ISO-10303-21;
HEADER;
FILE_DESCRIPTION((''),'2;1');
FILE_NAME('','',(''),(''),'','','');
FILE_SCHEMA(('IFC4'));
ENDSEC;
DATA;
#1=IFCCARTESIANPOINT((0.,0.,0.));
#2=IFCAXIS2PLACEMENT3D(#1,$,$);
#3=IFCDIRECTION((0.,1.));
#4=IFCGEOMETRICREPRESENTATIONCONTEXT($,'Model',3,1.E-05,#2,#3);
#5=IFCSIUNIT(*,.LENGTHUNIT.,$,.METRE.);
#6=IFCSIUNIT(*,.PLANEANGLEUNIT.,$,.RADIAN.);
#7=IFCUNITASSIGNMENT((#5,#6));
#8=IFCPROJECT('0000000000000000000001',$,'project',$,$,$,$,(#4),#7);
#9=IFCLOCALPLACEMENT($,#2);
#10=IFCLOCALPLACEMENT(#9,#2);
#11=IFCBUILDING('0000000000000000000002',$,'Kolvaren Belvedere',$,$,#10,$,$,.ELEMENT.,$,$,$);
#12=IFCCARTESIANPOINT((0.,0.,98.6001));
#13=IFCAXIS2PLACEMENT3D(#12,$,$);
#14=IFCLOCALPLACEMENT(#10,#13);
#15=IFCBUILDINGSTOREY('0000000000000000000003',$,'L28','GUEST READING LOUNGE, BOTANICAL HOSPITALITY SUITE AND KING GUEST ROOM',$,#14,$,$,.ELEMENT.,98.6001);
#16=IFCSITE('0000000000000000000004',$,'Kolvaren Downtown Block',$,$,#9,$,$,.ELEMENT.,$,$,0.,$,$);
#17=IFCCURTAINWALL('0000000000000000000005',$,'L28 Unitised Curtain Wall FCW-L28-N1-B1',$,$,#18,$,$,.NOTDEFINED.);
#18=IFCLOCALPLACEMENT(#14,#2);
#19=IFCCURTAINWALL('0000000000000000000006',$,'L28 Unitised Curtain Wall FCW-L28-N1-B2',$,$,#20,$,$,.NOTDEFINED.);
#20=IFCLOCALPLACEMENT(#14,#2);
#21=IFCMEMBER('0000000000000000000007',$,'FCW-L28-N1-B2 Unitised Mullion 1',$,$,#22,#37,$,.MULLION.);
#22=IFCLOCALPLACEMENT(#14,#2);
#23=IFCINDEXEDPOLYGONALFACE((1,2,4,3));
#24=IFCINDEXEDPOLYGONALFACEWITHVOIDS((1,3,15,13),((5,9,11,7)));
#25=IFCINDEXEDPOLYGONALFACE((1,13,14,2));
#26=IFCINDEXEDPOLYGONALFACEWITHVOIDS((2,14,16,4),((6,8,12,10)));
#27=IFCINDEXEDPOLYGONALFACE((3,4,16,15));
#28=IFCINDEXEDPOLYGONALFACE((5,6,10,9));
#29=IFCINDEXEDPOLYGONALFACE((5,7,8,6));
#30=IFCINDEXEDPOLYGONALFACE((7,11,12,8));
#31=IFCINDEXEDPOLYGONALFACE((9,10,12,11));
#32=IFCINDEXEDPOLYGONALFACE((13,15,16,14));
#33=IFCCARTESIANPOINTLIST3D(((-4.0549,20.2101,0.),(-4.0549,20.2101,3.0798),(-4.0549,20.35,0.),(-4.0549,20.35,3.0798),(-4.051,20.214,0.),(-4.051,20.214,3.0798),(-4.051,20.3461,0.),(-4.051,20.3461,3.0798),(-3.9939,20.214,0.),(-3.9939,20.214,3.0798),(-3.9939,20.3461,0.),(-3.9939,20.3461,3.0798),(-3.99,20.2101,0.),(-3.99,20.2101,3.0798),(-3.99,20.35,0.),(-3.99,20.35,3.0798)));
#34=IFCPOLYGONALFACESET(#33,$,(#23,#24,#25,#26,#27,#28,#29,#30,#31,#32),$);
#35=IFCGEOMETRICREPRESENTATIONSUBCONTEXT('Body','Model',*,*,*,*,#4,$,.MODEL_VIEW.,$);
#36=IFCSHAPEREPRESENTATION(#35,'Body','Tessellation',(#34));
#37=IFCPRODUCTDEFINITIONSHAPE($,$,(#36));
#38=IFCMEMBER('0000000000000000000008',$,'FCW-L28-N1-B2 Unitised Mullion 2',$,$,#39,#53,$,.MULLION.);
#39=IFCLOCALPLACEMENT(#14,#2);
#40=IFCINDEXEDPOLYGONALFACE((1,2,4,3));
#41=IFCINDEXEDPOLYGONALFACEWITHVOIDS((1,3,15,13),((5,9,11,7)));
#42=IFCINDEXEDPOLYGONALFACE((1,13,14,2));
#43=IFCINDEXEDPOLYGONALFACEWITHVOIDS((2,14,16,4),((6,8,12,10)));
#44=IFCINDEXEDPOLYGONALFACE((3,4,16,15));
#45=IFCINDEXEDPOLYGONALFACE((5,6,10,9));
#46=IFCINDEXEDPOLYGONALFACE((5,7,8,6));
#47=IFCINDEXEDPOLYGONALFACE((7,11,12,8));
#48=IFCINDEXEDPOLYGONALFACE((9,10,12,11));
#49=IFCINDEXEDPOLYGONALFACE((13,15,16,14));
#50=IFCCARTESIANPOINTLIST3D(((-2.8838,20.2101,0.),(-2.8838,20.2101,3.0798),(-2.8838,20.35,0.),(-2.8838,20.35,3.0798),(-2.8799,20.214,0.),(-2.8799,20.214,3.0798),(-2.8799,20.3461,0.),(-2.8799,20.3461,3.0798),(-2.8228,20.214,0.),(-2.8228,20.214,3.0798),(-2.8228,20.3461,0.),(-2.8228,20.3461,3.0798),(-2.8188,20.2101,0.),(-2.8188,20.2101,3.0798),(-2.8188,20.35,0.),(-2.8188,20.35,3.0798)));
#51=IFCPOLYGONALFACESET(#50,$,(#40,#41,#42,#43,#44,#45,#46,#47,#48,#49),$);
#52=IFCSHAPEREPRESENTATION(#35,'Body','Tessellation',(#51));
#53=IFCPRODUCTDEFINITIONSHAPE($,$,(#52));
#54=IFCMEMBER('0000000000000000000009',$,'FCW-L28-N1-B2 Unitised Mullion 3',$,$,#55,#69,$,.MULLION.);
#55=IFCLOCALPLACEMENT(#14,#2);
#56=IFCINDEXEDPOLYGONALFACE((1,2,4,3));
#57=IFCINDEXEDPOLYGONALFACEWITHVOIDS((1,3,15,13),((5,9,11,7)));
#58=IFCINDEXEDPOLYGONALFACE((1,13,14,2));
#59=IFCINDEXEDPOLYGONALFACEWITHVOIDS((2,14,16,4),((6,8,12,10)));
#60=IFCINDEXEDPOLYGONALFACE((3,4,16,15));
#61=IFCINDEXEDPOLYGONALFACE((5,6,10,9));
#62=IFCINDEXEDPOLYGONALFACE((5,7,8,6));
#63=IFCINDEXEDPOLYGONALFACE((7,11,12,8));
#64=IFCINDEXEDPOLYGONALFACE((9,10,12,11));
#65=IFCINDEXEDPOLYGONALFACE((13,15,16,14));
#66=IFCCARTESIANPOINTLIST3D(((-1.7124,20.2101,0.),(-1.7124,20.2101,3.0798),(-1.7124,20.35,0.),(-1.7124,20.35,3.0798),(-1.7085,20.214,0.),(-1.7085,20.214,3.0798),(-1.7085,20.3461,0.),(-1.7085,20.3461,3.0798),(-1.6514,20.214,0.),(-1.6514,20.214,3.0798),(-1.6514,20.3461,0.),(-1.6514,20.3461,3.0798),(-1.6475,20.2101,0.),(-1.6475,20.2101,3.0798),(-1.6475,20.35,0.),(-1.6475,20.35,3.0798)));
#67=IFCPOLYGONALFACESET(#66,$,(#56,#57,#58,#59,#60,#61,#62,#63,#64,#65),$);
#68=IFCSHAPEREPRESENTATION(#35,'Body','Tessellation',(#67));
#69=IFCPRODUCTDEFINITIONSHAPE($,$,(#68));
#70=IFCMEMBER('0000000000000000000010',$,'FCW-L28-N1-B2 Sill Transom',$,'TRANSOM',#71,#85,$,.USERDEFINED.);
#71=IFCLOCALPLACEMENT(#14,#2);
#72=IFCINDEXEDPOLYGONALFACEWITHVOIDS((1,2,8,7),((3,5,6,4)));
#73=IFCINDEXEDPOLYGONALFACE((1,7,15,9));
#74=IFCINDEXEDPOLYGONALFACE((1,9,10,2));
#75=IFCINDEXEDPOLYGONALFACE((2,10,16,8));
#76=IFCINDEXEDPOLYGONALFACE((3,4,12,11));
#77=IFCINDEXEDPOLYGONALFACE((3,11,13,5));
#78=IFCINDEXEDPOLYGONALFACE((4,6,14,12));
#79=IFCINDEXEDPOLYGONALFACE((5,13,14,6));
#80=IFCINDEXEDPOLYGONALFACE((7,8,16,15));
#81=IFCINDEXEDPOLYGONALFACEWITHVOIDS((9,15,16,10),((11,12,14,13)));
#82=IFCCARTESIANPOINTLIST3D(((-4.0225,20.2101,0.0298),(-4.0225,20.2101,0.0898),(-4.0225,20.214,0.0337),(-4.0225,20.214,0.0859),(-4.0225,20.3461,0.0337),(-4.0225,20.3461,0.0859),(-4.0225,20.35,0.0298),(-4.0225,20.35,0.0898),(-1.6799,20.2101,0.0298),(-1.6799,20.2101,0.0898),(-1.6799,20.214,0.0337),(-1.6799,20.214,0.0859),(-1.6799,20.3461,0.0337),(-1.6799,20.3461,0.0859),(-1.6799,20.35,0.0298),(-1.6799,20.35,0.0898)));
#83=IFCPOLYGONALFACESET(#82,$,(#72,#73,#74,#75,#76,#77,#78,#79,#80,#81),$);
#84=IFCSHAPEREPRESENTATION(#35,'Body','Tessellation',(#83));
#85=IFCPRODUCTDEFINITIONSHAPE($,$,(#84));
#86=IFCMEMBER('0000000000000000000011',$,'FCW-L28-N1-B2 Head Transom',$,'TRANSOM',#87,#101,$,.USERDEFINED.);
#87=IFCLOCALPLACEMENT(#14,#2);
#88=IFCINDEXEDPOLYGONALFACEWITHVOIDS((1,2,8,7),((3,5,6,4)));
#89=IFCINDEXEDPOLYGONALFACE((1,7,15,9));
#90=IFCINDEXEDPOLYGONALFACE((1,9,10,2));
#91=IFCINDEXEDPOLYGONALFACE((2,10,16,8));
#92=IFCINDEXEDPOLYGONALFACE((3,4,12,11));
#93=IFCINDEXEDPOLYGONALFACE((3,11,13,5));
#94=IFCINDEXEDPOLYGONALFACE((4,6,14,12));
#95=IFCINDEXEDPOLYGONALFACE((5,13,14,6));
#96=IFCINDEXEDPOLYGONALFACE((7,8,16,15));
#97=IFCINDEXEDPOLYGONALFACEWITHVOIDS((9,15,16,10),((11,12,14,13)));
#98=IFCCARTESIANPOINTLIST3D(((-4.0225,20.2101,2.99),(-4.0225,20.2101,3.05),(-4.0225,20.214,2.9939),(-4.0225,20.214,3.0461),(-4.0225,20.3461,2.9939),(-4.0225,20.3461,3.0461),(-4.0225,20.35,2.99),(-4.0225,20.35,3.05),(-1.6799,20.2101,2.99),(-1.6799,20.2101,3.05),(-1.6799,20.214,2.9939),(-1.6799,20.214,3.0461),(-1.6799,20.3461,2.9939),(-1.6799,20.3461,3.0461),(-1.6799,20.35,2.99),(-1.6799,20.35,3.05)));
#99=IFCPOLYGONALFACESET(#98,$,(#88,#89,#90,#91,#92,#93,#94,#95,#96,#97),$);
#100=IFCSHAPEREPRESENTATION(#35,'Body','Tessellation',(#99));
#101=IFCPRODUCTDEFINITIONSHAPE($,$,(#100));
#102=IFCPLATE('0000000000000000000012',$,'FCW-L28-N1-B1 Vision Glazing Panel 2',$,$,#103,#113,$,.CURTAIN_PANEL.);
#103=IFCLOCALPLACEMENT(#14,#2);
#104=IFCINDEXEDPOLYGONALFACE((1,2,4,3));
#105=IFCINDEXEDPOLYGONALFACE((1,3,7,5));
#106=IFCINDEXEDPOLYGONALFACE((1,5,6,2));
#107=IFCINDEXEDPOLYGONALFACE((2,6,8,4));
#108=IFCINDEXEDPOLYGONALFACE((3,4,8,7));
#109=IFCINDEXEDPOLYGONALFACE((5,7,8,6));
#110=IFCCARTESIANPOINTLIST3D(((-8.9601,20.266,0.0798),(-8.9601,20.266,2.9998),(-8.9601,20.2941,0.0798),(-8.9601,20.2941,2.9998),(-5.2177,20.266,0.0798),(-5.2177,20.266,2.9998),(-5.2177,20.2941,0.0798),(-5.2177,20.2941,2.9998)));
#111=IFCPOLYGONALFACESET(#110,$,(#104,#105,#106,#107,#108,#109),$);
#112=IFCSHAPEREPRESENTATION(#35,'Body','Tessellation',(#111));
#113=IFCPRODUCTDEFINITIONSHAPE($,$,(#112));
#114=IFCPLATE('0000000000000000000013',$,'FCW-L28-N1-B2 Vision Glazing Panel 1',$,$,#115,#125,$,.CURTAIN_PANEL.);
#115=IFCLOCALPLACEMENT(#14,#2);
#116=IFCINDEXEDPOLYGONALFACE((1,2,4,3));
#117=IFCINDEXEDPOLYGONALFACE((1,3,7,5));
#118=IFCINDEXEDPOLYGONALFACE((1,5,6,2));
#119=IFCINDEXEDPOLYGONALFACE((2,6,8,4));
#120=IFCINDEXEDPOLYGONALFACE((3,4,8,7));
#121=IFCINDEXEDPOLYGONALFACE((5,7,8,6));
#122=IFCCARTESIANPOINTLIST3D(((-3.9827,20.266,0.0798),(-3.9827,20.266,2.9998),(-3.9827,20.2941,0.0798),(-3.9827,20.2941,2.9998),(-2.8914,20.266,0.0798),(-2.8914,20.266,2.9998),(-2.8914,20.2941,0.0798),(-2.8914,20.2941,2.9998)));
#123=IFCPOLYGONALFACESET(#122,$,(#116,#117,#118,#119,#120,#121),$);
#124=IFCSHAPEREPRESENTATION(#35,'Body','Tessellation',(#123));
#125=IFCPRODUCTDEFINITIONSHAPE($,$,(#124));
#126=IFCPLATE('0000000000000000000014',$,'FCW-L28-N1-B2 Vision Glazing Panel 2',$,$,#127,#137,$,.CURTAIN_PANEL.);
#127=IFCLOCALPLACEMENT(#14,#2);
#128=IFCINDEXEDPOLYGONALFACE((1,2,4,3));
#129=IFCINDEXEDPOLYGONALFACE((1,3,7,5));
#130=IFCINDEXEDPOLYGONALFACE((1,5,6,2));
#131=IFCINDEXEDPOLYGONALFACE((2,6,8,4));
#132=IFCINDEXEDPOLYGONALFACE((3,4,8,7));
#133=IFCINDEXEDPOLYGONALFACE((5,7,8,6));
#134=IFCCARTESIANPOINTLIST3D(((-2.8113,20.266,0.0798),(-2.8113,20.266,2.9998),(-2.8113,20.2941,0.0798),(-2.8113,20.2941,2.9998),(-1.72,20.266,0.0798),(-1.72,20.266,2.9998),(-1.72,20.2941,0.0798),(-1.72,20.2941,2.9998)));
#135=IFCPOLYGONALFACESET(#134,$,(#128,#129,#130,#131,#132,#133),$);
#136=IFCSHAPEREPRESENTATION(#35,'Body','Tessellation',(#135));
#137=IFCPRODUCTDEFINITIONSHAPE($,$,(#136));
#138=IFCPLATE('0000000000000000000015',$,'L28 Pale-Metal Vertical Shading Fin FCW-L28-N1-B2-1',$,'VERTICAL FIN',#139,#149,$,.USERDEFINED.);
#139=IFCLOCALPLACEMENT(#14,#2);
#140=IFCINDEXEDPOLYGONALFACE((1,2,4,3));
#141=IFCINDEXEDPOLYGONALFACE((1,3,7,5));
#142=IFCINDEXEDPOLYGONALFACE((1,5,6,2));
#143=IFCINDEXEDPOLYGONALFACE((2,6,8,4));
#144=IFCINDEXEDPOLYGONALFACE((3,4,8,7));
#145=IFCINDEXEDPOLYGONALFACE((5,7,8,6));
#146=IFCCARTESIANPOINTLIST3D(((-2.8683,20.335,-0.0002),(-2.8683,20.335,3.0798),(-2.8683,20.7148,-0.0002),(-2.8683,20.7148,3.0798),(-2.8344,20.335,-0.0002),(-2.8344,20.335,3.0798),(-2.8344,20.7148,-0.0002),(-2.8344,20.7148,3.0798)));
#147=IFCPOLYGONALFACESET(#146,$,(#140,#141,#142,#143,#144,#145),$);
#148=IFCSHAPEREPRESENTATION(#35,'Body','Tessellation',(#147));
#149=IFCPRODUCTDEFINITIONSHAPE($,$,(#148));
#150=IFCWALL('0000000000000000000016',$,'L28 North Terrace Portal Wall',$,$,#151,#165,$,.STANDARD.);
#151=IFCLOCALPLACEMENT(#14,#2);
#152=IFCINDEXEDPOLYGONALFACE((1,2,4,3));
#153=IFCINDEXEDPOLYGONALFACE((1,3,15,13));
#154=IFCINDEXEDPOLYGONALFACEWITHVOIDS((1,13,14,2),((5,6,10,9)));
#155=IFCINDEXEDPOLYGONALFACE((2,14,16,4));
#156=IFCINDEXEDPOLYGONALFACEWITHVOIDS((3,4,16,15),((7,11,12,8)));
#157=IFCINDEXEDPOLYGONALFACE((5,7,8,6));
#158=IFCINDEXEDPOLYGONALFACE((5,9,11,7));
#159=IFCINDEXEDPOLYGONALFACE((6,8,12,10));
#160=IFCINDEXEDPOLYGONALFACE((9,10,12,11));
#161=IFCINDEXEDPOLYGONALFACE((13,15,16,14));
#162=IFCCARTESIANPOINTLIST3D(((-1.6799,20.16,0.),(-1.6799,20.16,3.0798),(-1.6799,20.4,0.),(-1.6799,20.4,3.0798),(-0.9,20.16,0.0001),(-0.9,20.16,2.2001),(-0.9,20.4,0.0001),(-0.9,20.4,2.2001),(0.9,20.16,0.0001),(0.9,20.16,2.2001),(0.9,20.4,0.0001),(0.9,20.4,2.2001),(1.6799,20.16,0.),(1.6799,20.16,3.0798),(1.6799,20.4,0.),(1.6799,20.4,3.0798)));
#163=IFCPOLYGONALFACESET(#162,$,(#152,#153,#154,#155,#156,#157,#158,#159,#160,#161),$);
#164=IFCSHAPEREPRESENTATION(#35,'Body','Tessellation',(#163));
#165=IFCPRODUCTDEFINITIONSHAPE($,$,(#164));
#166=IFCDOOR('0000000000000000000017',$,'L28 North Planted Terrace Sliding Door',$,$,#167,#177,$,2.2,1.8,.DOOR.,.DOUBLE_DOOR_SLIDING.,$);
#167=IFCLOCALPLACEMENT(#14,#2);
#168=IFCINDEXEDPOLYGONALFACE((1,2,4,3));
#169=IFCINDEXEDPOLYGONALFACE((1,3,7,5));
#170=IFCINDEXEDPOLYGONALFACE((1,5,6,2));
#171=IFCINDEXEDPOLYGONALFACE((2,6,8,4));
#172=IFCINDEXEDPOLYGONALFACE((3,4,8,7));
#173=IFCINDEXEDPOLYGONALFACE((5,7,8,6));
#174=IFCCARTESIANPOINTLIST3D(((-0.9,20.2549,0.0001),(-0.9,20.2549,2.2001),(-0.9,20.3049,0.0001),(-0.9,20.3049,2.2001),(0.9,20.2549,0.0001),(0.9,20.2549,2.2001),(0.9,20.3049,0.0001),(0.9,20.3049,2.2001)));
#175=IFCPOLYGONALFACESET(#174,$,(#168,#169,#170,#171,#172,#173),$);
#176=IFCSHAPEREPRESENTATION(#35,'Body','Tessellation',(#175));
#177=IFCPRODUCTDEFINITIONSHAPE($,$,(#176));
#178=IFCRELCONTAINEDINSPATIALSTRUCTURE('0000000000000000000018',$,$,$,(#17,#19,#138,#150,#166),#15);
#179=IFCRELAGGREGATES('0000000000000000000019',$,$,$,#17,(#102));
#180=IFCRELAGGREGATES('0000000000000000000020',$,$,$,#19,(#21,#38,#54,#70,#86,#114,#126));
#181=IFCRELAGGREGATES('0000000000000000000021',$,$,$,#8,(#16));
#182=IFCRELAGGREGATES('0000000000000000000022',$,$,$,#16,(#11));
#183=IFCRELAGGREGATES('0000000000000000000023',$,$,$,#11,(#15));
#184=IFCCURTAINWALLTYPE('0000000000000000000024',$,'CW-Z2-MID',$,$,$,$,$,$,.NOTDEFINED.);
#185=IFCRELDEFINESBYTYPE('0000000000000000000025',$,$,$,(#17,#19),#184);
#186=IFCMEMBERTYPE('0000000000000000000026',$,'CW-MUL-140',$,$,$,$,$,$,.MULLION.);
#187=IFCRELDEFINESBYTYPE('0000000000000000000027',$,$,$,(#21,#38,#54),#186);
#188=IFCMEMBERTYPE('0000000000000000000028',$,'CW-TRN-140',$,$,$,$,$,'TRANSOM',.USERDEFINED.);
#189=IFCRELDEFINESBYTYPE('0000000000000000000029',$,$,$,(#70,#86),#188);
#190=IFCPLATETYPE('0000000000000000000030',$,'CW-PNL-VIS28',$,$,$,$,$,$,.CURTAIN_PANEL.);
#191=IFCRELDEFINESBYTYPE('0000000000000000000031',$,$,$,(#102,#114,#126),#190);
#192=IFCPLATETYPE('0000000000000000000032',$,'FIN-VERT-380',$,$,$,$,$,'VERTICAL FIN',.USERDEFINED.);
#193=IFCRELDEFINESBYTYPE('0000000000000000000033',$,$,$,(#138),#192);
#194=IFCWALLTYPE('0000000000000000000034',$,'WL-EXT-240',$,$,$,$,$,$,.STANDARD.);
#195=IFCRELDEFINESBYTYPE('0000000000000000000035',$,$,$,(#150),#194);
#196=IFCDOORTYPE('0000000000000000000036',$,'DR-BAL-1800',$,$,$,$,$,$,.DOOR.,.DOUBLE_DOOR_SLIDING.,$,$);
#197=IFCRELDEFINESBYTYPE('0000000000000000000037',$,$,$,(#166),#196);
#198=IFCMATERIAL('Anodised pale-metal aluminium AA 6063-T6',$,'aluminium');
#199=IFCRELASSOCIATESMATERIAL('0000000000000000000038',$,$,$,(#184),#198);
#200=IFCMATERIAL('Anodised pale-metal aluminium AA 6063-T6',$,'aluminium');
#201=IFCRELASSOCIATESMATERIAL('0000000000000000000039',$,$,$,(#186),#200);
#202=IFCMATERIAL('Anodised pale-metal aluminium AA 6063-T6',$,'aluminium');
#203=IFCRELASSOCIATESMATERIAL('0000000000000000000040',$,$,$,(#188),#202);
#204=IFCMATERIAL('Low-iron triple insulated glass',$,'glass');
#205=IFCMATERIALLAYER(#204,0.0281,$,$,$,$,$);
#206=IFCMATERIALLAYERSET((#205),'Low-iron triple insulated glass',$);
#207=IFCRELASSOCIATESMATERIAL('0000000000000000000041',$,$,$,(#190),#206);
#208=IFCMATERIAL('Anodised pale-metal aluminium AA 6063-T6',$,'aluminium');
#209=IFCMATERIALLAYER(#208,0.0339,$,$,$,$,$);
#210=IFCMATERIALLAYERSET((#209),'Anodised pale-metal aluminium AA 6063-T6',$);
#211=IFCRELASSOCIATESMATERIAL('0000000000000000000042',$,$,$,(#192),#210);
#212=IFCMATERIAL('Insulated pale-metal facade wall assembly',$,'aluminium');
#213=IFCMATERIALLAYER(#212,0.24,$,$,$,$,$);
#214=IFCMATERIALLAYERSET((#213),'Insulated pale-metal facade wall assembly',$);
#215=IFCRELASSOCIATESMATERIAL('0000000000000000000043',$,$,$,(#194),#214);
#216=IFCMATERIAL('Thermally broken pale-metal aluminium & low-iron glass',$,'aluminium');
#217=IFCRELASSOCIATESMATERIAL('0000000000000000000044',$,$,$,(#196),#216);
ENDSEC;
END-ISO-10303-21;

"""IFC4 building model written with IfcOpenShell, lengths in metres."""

from ifc_helpers import new_model, si_unit, direction, frame, frame_2d, origin, origin_2d, place, context, subcontext, project, spatial, rectangle, hollow_rectangle, extrude, material, layer, layer_set, material_profile, profile_set, type_object, element, fill, aggregate, save


model = new_model("IFC4")

# Units and contexts
model_context = context("Model", 3, precision=1e-05, world=origin(), true_north=direction((0.0, 1.0)))
body_context = subcontext(model_context, "Body", "Model", "MODEL_VIEW")
ifc_project = project(units=[si_unit("LENGTHUNIT", "METRE"), si_unit("PLANEANGLEUNIT", "RADIAN")], contexts=[model_context])

# Site, building, storey
site_placement = place(None, origin())
site = spatial("IfcSite", under=ifc_project, at=site_placement, Name="Kolvaren Downtown Block", CompositionType="ELEMENT", RefElevation=0.0)
building_placement = place(site_placement, origin())
building = spatial("IfcBuilding", under=site, at=building_placement, Name="Kolvaren Belvedere", CompositionType="ELEMENT")
storey_placement = place(building_placement, frame((0.0, 0.0, 98.6001)))
storey = spatial("IfcBuildingStorey", under=building, at=storey_placement, Name="L28", Description="GUEST READING LOUNGE, BOTANICAL HOSPITALITY SUITE AND KING GUEST ROOM", CompositionType="ELEMENT", Elevation=98.6001)

# Curtain wall
ifc_material_1 = material(Name="Anodised pale-metal aluminium AA 6063-T6", Category="aluminium")
curtain_wall_type = type_object("IfcCurtainWallType", Name="CW-Z2-MID", PredefinedType="NOTDEFINED", material=ifc_material_1)
curtain_wall_1_placement = place(storey_placement, origin())
curtain_wall_1 = element("IfcCurtainWall", 1, at=curtain_wall_1_placement, inside=storey, type_object=curtain_wall_type, Name="L28 Unitised Curtain Wall FCW-L28-N1-B1", PredefinedType="NOTDEFINED")
ifc_material_2 = material(Name="Anodised pale-metal aluminium AA 6063-T6", Category="aluminium")
ifc_material_profile_1 = material_profile(ifc_material_2, hollow_rectangle(XDim=0.0649, YDim=0.1399, WallThickness=0.0039, at=origin_2d()), Name="ALU-MUL-140X65")
ifc_profile_set_1 = profile_set([ifc_material_profile_1], Name="Anodised pale-metal aluminium AA 6063-T6")
member_type_1 = type_object("IfcMemberType", Name="CW-MUL-140", PredefinedType="MULLION", material=ifc_profile_set_1)

# Curtain wall, members
curtain_wall_2_placement = place(storey_placement, origin())
curtain_wall_2 = element("IfcCurtainWall", 2, at=curtain_wall_2_placement, inside=storey, type_object=curtain_wall_type, Name="L28 Unitised Curtain Wall FCW-L28-N1-B2", PredefinedType="NOTDEFINED")
member_1_placement = place(storey_placement, frame((-4.0225, 20.28, 0.0), z_axis=(0.0, 0.0, 1.0), x_axis=(1.0, 0.0, 0.0)))
member_1 = element("IfcMember", 3, at=member_1_placement, type_object=member_type_1, Name="FCW-L28-N1-B2 Unitised Mullion 1", PredefinedType="MULLION", context=body_context, shape_type="SweptSolid", body=[
    extrude(hollow_rectangle(XDim=0.0649, YDim=0.1399, WallThickness=0.0039, at=origin_2d()), origin(), (0.0, 0.0, 1.0), 3.0798),
])
member_2_placement = place(storey_placement, frame((-2.8513, 20.28, 0.0), z_axis=(0.0, 0.0, 1.0), x_axis=(1.0, 0.0, 0.0)))
member_2 = element("IfcMember", 4, at=member_2_placement, type_object=member_type_1, Name="FCW-L28-N1-B2 Unitised Mullion 2", PredefinedType="MULLION", context=body_context, shape_type="SweptSolid", body=[
    extrude(hollow_rectangle(XDim=0.0649, YDim=0.1399, WallThickness=0.0039, at=origin_2d()), origin(), (0.0, 0.0, 1.0), 3.0798),
])
member_3_placement = place(storey_placement, frame((-1.6799, 20.28, 0.0), z_axis=(0.0, 0.0, 1.0), x_axis=(1.0, 0.0, 0.0)))
member_3 = element("IfcMember", 5, at=member_3_placement, type_object=member_type_1, Name="FCW-L28-N1-B2 Unitised Mullion 3", PredefinedType="MULLION", context=body_context, shape_type="SweptSolid", body=[
    extrude(hollow_rectangle(XDim=0.0649, YDim=0.1399, WallThickness=0.0039, at=origin_2d()), origin(), (0.0, 0.0, 1.0), 3.0798),
])
ifc_material_3 = material(Name="Anodised pale-metal aluminium AA 6063-T6", Category="aluminium")
ifc_material_profile_2 = material_profile(ifc_material_3, hollow_rectangle(XDim=0.0601, YDim=0.1399, WallThickness=0.0039, at=origin_2d()), Name="ALU-TRN-140X60")
ifc_profile_set_2 = profile_set([ifc_material_profile_2], Name="Anodised pale-metal aluminium AA 6063-T6")
member_type_2 = type_object("IfcMemberType", Name="CW-TRN-140", ElementType="TRANSOM", PredefinedType="USERDEFINED", material=ifc_profile_set_2)
member_4_placement = place(storey_placement, frame((-4.0225, 20.28, 0.0598), z_axis=(1.0, 0.0, 0.0), x_axis=(0.0, 0.0, 1.0)))
member_4 = element("IfcMember", 6, at=member_4_placement, type_object=member_type_2, Name="FCW-L28-N1-B2 Sill Transom", ObjectType="TRANSOM", PredefinedType="USERDEFINED", context=body_context, shape_type="SweptSolid", body=[
    extrude(hollow_rectangle(XDim=0.0601, YDim=0.1399, WallThickness=0.0039, at=origin_2d()), origin(), (0.0, 0.0, 1.0), 2.3425),
])
member_5_placement = place(storey_placement, frame((-4.0225, 20.28, 3.02), z_axis=(1.0, 0.0, 0.0), x_axis=(0.0, 0.0, 1.0)))
member_5 = element("IfcMember", 7, at=member_5_placement, type_object=member_type_2, Name="FCW-L28-N1-B2 Head Transom", ObjectType="TRANSOM", PredefinedType="USERDEFINED", context=body_context, shape_type="SweptSolid", body=[
    extrude(hollow_rectangle(XDim=0.0601, YDim=0.1399, WallThickness=0.0039, at=origin_2d()), origin(), (0.0, 0.0, 1.0), 2.3425),
])

# Plates
ifc_material_4 = material(Name="Low-iron triple insulated glass", Category="glass")
ifc_layer_1 = layer(ifc_material_4, 0.0281)
ifc_layer_set_1 = layer_set([ifc_layer_1], Name="Low-iron triple insulated glass")
plate_type_1 = type_object("IfcPlateType", Name="CW-PNL-VIS28", PredefinedType="CURTAIN_PANEL", material=ifc_layer_set_1)
plate_1_placement = place(storey_placement, frame((-7.0889, 20.28, 0.0798), z_axis=(0.0, 0.0, 1.0), x_axis=(1.0, 0.0, 0.0)))
plate_1 = element("IfcPlate", 8, at=plate_1_placement, type_object=plate_type_1, Name="FCW-L28-N1-B1 Vision Glazing Panel 2", PredefinedType="CURTAIN_PANEL", context=body_context, shape_type="SweptSolid", body=[
    extrude(rectangle(XDim=3.7424, YDim=0.0281, at=origin_2d()), origin(), (0.0, 0.0, 1.0), 2.9199),
])
aggregate(curtain_wall_1, [plate_1])
plate_2_placement = place(storey_placement, frame((-3.437, 20.28, 0.0798), z_axis=(0.0, 0.0, 1.0), x_axis=(1.0, 0.0, 0.0)))
plate_2 = element("IfcPlate", 9, at=plate_2_placement, type_object=plate_type_1, Name="FCW-L28-N1-B2 Vision Glazing Panel 1", PredefinedType="CURTAIN_PANEL", context=body_context, shape_type="SweptSolid", body=[
    extrude(rectangle(XDim=1.0913, YDim=0.0281, at=origin_2d()), origin(), (0.0, 0.0, 1.0), 2.9199),
])
plate_3_placement = place(storey_placement, frame((-2.2656, 20.28, 0.0798), z_axis=(0.0, 0.0, 1.0), x_axis=(1.0, 0.0, 0.0)))
plate_3 = element("IfcPlate", 10, at=plate_3_placement, type_object=plate_type_1, Name="FCW-L28-N1-B2 Vision Glazing Panel 2", PredefinedType="CURTAIN_PANEL", context=body_context, shape_type="SweptSolid", body=[
    extrude(rectangle(XDim=1.0913, YDim=0.0281, at=origin_2d()), origin(), (0.0, 0.0, 1.0), 2.9199),
])
aggregate(curtain_wall_2, [member_1, member_2, member_3, member_4, member_5, plate_2, plate_3])
ifc_material_5 = material(Name="Anodised pale-metal aluminium AA 6063-T6", Category="aluminium")
ifc_layer_2 = layer(ifc_material_5, 0.0339)
ifc_layer_set_2 = layer_set([ifc_layer_2], Name="Anodised pale-metal aluminium AA 6063-T6")
plate_type_2 = type_object("IfcPlateType", Name="FIN-VERT-380", ElementType="VERTICAL FIN", PredefinedType="USERDEFINED", material=ifc_layer_set_2)
plate_4_placement = place(storey_placement, frame((-2.8513, 20.5249, -0.0002), z_axis=(0.0, 0.0, 1.0), x_axis=(0.0, 1.0, 0.0)))
element("IfcPlate", 11, at=plate_4_placement, inside=storey, type_object=plate_type_2, Name="L28 Pale-Metal Vertical Shading Fin FCW-L28-N1-B2-1", ObjectType="VERTICAL FIN", PredefinedType="USERDEFINED", context=body_context, shape_type="SweptSolid", body=[
    extrude(rectangle(XDim=0.3799, YDim=0.0339, at=origin_2d()), origin(), (0.0, 0.0, 1.0), 3.0801),
])

# Wall, opening, door
ifc_material_6 = material(Name="Insulated pale-metal facade wall assembly", Category="aluminium")
ifc_layer_3 = layer(ifc_material_6, 0.24)
ifc_layer_set_3 = layer_set([ifc_layer_3], Name="Insulated pale-metal facade wall assembly")
wall_type_1 = type_object("IfcWallType", Name="WL-EXT-240", PredefinedType="STANDARD", material=ifc_layer_set_3)
wall_1_placement = place(storey_placement, frame((-1.6799, 20.28, 0.0), z_axis=(0.0, 0.0, 1.0), x_axis=(1.0, 0.0, 0.0)))
wall_1 = element("IfcWall", 12, at=wall_1_placement, inside=storey, type_object=wall_type_1, Name="L28 North Terrace Portal Wall", PredefinedType="STANDARD", context=body_context, shape_type="SweptSolid", body=[
    extrude(rectangle(XDim=3.3599, YDim=0.24, at=frame_2d((1.6799, 0.0))), origin(), (0.0, 0.0, 1.0), 3.0798),
])
opening_placement = place(wall_1_placement, frame((0.78, 0.0, 0.0)))
opening = element("IfcOpeningElement", 13, at=opening_placement, cuts=wall_1, PredefinedType="OPENING", context=body_context, shape_type="SweptSolid", body=[
    extrude(rectangle(XDim=1.8, YDim=2.2, at=frame_2d((0.8999, 1.1001))), frame((0.0, 0.1299, 0.0), z_axis=(0.0, -1.0, 0.0), x_axis=(1.0, 0.0, 0.0)), (0.0, 0.0, 1.0), 0.26),
])
ifc_material_7 = material(Name="Thermally broken pale-metal aluminium & low-iron glass", Category="aluminium")
door_type = type_object("IfcDoorType", Name="DR-BAL-1800", OperationType="DOUBLE_DOOR_SLIDING", PredefinedType="DOOR", material=ifc_material_7)
door_placement = place(opening_placement, origin())
door = element("IfcDoor", 14, at=door_placement, inside=storey, type_object=door_type, Name="L28 North Planted Terrace Sliding Door", OperationType="DOUBLE_DOOR_SLIDING", OverallHeight=2.2, OverallWidth=1.8, PredefinedType="DOOR", context=body_context, shape_type="SweptSolid", body=[
    extrude(rectangle(XDim=1.8, YDim=2.2, at=frame_2d((0.8999, 1.1001))), frame((0.0, 0.0249, 0.0), z_axis=(0.0, -1.0, 0.0), x_axis=(1.0, 0.0, 0.0)), (0.0, 0.0, 1.0), 0.05),
])
fill(opening, door)

save(model, "model.ifc")
